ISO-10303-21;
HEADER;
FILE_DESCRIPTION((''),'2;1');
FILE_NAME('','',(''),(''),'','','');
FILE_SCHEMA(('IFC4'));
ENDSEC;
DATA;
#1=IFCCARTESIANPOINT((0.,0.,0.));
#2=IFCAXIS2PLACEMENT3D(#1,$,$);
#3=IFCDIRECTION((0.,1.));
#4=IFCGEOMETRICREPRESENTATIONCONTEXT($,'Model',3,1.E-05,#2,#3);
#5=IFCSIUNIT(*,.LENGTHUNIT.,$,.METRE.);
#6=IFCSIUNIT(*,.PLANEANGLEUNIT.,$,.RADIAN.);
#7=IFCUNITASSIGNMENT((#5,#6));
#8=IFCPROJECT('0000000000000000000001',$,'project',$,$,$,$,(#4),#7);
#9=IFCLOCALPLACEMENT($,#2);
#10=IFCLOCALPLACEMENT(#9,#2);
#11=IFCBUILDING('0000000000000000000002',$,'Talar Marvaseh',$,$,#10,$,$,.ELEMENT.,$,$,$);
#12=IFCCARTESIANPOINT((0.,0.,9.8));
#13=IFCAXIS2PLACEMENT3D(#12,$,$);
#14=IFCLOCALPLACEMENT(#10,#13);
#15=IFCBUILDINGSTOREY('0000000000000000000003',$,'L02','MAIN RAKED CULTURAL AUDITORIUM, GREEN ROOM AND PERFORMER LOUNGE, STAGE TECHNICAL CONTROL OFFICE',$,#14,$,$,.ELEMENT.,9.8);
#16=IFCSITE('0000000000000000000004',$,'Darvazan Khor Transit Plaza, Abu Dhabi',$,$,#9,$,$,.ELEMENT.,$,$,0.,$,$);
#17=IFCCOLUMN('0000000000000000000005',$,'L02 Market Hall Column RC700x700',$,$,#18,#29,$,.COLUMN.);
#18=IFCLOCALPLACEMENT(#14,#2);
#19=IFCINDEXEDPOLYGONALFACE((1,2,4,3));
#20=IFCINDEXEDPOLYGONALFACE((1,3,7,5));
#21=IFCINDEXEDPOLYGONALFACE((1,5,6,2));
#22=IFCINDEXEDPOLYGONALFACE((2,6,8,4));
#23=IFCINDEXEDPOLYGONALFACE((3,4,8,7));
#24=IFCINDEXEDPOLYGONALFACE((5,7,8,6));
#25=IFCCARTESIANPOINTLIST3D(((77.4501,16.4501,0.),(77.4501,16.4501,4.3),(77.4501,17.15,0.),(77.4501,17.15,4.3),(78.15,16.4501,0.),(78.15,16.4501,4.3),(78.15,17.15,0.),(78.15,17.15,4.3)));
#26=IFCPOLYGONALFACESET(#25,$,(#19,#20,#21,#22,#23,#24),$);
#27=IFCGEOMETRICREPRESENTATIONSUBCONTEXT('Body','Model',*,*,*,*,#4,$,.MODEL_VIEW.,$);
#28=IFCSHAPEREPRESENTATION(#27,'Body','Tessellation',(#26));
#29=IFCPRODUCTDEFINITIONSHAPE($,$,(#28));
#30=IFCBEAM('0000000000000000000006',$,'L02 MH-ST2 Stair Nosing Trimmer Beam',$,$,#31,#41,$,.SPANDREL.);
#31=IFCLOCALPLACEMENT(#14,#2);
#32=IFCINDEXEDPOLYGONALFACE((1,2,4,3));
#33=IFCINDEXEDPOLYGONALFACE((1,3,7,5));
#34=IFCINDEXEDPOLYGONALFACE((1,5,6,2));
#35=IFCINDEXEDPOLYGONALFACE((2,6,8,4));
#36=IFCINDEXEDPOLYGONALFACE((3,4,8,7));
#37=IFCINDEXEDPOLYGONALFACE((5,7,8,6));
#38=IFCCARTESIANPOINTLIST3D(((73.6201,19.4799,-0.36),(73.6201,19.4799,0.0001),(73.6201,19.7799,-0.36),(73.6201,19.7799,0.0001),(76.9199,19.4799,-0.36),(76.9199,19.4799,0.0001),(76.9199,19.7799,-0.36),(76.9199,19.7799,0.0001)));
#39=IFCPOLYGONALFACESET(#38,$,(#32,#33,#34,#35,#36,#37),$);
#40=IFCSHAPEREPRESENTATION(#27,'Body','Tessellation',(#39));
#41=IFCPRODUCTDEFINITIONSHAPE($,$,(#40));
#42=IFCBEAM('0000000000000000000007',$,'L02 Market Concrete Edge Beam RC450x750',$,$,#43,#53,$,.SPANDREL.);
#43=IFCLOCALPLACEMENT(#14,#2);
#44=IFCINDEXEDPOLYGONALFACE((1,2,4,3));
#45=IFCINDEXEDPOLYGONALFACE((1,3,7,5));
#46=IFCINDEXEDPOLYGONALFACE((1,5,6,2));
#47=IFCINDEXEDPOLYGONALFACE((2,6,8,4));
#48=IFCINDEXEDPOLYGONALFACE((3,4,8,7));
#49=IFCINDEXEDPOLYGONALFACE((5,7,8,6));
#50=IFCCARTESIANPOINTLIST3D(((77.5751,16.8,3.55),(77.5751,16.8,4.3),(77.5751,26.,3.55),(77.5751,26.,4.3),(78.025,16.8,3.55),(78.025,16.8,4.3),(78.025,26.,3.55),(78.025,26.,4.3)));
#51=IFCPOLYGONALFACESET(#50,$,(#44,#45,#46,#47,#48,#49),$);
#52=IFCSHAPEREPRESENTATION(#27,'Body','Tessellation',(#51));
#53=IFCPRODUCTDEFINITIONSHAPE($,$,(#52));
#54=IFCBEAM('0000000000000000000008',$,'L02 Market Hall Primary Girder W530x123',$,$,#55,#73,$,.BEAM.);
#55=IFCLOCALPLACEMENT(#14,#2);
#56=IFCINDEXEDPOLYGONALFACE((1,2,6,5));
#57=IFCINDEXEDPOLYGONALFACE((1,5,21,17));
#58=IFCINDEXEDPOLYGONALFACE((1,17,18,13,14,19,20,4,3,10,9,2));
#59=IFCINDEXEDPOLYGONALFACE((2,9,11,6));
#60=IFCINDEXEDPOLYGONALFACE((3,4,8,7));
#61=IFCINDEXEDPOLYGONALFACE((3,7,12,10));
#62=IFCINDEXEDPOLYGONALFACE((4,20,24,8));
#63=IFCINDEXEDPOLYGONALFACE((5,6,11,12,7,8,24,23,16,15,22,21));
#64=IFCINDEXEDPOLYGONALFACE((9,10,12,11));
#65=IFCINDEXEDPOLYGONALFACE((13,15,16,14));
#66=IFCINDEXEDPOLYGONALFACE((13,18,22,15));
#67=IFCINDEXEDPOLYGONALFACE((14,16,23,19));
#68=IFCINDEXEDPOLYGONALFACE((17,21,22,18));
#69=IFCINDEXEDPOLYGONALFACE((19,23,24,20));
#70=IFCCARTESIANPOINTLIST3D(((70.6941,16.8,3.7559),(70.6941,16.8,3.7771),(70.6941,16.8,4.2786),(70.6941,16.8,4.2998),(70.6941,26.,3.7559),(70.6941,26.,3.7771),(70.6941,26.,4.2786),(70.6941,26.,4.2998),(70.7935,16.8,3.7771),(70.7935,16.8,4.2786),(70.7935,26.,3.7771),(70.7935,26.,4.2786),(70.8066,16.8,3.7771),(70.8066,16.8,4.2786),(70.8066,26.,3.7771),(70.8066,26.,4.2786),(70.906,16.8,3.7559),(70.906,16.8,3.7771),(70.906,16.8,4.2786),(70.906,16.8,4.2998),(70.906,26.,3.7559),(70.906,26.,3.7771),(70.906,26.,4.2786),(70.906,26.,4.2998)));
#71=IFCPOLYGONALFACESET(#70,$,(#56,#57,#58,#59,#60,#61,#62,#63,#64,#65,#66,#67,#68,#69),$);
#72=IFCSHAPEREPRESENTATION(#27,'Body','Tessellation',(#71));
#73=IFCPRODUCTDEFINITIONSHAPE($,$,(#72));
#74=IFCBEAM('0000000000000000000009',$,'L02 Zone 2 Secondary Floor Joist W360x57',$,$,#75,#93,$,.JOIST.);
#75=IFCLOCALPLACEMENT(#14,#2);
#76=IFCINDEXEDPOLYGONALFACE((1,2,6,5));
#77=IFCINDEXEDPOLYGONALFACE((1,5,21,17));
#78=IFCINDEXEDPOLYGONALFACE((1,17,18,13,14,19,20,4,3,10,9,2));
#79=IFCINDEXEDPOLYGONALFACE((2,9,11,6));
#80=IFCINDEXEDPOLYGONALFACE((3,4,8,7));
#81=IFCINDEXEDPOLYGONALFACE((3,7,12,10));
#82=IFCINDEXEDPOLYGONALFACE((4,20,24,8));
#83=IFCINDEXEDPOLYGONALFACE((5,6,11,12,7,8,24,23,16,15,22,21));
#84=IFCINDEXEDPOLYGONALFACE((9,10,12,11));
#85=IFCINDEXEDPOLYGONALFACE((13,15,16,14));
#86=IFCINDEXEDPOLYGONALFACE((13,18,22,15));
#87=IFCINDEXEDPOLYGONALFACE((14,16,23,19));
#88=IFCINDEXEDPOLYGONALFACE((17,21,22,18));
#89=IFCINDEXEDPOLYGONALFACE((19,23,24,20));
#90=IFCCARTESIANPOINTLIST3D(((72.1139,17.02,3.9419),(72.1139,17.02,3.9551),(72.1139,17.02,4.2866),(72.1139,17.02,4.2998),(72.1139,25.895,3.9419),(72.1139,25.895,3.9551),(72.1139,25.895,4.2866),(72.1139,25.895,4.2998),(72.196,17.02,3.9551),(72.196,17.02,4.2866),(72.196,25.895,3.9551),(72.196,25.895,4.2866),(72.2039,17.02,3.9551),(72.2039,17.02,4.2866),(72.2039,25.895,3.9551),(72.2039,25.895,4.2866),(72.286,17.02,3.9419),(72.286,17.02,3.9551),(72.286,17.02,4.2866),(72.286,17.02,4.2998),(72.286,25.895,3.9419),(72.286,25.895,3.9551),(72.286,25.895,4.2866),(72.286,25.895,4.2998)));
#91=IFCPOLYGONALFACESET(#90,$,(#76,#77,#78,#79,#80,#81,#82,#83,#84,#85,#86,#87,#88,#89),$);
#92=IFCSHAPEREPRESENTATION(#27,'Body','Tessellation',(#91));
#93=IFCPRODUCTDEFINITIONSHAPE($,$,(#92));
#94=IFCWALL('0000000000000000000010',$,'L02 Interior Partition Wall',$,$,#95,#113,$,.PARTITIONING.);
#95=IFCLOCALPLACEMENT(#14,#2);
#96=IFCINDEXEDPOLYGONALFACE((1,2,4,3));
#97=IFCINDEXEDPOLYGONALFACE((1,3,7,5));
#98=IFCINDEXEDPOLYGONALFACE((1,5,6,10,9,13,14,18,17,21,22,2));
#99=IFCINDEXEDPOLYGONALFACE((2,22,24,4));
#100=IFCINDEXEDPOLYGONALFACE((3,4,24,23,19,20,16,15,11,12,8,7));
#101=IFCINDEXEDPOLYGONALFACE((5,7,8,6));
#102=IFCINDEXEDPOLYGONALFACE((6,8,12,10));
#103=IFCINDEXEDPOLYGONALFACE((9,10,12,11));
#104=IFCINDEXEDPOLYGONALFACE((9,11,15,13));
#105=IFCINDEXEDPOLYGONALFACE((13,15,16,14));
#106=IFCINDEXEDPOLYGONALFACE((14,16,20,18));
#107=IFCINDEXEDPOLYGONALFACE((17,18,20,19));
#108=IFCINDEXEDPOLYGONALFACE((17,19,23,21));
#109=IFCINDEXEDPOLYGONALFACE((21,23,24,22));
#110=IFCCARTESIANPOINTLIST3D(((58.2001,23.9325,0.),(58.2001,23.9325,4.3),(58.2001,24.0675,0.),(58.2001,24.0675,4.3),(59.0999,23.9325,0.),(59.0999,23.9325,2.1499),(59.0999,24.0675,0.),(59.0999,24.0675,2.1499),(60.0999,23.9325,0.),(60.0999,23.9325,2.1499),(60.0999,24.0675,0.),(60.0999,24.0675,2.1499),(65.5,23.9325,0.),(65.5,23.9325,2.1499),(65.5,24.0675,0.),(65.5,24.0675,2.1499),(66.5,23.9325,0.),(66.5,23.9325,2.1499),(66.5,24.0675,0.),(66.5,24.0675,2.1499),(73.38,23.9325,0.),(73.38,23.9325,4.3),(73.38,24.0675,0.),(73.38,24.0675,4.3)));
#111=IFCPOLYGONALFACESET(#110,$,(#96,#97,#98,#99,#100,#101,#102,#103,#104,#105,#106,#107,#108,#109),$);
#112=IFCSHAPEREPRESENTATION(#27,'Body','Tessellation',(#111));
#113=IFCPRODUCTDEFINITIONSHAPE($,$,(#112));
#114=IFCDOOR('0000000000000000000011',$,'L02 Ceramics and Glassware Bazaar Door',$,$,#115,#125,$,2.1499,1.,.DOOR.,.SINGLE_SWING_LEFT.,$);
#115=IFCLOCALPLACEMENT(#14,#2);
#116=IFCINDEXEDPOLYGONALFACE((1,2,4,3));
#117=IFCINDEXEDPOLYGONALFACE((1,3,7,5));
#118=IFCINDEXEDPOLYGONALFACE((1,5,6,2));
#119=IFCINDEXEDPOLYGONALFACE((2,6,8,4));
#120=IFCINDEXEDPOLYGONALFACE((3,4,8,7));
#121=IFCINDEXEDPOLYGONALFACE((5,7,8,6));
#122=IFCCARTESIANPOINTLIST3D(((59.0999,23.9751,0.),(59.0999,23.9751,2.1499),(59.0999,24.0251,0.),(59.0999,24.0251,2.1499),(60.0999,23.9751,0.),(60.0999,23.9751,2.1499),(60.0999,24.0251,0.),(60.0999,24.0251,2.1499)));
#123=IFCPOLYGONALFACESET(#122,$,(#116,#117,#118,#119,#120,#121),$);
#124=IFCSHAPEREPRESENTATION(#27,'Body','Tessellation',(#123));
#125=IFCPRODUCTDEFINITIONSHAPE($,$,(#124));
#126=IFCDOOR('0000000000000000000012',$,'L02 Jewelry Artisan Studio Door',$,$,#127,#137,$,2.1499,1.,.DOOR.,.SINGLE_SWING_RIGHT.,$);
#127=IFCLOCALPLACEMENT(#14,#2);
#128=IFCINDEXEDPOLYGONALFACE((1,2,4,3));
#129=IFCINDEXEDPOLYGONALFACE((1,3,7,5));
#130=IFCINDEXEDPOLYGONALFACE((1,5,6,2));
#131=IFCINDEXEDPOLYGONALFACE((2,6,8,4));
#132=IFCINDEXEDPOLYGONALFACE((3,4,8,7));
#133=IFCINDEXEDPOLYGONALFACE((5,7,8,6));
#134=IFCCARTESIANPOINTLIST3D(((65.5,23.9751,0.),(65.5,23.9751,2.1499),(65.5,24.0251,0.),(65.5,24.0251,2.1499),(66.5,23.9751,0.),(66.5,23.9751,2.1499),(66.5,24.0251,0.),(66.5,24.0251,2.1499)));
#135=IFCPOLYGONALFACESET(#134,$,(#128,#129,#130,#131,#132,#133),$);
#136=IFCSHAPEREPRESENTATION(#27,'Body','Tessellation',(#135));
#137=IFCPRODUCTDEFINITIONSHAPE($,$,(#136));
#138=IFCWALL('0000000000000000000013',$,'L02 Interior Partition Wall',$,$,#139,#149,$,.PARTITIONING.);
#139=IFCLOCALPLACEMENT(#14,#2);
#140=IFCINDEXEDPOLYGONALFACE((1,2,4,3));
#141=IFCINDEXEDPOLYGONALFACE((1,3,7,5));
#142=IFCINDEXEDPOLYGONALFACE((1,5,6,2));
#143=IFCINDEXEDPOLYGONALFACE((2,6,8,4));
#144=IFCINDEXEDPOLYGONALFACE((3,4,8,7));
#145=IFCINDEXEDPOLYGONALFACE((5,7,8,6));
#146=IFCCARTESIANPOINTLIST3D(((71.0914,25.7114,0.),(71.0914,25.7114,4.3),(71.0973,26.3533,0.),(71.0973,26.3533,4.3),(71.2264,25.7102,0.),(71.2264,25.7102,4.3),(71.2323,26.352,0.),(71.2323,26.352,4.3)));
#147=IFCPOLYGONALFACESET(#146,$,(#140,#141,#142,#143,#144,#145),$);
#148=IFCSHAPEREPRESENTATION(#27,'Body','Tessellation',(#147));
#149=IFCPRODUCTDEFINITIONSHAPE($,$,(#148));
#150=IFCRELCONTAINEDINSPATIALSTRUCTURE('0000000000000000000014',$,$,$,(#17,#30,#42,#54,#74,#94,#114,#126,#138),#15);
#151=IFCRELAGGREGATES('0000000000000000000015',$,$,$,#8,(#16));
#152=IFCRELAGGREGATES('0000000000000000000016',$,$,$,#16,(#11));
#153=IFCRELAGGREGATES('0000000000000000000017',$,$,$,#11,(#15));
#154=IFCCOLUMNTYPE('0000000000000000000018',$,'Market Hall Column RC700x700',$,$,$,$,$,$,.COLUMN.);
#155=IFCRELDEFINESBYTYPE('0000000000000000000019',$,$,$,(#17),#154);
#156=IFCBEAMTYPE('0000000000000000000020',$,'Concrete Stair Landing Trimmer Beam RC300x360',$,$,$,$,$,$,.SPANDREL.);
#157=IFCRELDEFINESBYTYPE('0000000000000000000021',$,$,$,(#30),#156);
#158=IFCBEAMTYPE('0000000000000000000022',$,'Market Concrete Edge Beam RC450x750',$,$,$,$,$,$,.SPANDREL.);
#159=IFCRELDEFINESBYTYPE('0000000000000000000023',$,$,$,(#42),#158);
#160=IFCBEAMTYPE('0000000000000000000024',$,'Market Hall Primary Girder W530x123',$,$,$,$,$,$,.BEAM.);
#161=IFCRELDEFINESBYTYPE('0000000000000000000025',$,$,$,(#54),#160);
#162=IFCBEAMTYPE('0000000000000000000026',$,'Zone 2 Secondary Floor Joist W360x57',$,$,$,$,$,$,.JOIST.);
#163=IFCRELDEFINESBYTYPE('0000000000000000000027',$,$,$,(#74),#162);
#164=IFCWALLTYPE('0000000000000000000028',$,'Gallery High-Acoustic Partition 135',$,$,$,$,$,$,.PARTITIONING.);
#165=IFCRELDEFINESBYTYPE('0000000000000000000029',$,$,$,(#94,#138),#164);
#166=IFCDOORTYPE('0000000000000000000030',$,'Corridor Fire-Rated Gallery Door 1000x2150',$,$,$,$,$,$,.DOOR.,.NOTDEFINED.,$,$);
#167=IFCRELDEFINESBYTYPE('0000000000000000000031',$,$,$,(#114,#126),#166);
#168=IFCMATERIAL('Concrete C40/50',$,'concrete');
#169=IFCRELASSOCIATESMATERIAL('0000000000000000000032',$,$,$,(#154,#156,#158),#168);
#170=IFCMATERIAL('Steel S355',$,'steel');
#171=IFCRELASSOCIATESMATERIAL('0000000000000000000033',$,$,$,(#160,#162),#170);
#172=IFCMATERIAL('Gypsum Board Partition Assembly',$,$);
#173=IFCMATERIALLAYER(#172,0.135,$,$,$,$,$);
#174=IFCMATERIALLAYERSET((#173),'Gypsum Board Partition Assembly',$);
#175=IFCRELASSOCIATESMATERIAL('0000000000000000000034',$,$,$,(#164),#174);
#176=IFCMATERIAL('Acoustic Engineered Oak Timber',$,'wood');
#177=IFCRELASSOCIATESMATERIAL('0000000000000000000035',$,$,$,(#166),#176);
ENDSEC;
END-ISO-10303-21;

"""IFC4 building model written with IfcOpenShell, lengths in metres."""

from ifc_helpers import new_model, si_unit, direction, frame, frame_2d, origin, origin_2d, place, context, subcontext, project, spatial, rectangle, i_section, extrude, source, transform, mapped, material, layer, layer_set, material_profile, profile_set, type_object, type_shapes, element, fill, save


model = new_model("IFC4")

# Units and contexts
model_context = context("Model", 3, precision=1e-05, world=origin(), true_north=direction((0.0, 1.0)))
body_context = subcontext(model_context, "Body", "Model", "MODEL_VIEW")
ifc_project = project(units=[si_unit("LENGTHUNIT", "METRE"), si_unit("PLANEANGLEUNIT", "RADIAN")], contexts=[model_context])

# Site, building, storey
site_placement = place(None, origin())
site = spatial("IfcSite", under=ifc_project, at=site_placement, Name="Darvazan Khor Transit Plaza, Abu Dhabi", CompositionType="ELEMENT", RefElevation=0.0)
building_placement = place(site_placement, origin())
building = spatial("IfcBuilding", under=site, at=building_placement, Name="Talar Marvaseh", CompositionType="ELEMENT")
storey_placement = place(building_placement, frame((0.0, 0.0, 9.8)))
storey = spatial("IfcBuildingStorey", under=building, at=storey_placement, Name="L02", Description="MAIN RAKED CULTURAL AUDITORIUM, GREEN ROOM AND PERFORMER LOUNGE, STAGE TECHNICAL CONTROL OFFICE", CompositionType="ELEMENT", Elevation=9.8)

# Column
ifc_material_1 = material(Name="Concrete C40/50", Category="concrete")
ifc_material_profile_1 = material_profile(ifc_material_1, rectangle(XDim=0.7, YDim=0.7, at=origin_2d()), Name="RC700x700")
ifc_profile_set_1 = profile_set([ifc_material_profile_1], Name="Concrete C40/50")
column_type = type_object("IfcColumnType", Name="Market Hall Column RC700x700", PredefinedType="COLUMN", material=ifc_profile_set_1)
column_placement = place(storey_placement, frame((77.8, 16.8, 0.0), z_axis=(0.0, 0.0, 1.0), x_axis=(1.0, 0.0, 0.0)))
element("IfcColumn", 1, at=column_placement, inside=storey, type_object=column_type, Name="L02 Market Hall Column RC700x700", PredefinedType="COLUMN", context=body_context, shape_type="SweptSolid", body=[
    extrude(rectangle(XDim=0.7, YDim=0.7, at=origin_2d()), origin(), (0.0, 0.0, 1.0), 4.3),
])

# Beams
ifc_material_profile_2 = material_profile(ifc_material_1, rectangle(XDim=0.3, YDim=0.3601, at=origin_2d()), Name="RC300x360")
ifc_profile_set_2 = profile_set([ifc_material_profile_2], Name="Concrete C40/50")
beam_type_1 = type_object("IfcBeamType", Name="Concrete Stair Landing Trimmer Beam RC300x360", PredefinedType="SPANDREL", material=ifc_profile_set_2)
beam_1_placement = place(storey_placement, frame((76.9199, 19.6299, -0.1799), z_axis=(-1.0, 0.0, 0.0), x_axis=(0.0, -1.0, 0.0)))
element("IfcBeam", 2, at=beam_1_placement, inside=storey, type_object=beam_type_1, Name="L02 MH-ST2 Stair Nosing Trimmer Beam", PredefinedType="SPANDREL", context=body_context, shape_type="SweptSolid", body=[
    extrude(rectangle(XDim=0.3, YDim=0.3601, at=origin_2d()), origin(), (0.0, 0.0, 1.0), 3.2998),
])
ifc_material_profile_3 = material_profile(ifc_material_1, rectangle(XDim=0.45, YDim=0.75, at=origin_2d()), Name="RC450x750")
ifc_profile_set_3 = profile_set([ifc_material_profile_3], Name="Concrete C40/50")
beam_type_2 = type_object("IfcBeamType", Name="Market Concrete Edge Beam RC450x750", PredefinedType="SPANDREL", material=ifc_profile_set_3)
beam_2_placement = place(storey_placement, frame((77.8, 16.8, 3.925), z_axis=(0.0, 1.0, 0.0), x_axis=(-1.0, 0.0, 0.0)))
element("IfcBeam", 3, at=beam_2_placement, inside=storey, type_object=beam_type_2, Name="L02 Market Concrete Edge Beam RC450x750", PredefinedType="SPANDREL", context=body_context, shape_type="SweptSolid", body=[
    extrude(rectangle(XDim=0.45, YDim=0.75, at=origin_2d()), origin(), (0.0, 0.0, 1.0), 9.2),
])
ifc_material_2 = material(Name="Steel S355", Category="steel")
ifc_material_profile_4 = material_profile(ifc_material_2, i_section(OverallWidth=0.2119, OverallDepth=0.5439, WebThickness=0.0132, FlangeThickness=0.0212, at=origin_2d()), Name="W530x123")
ifc_profile_set_4 = profile_set([ifc_material_profile_4], Name="Steel S355")
beam_type_3 = type_object("IfcBeamType", Name="Market Hall Primary Girder W530x123", PredefinedType="BEAM", material=ifc_profile_set_4)
beam_3_placement = place(storey_placement, frame((70.8, 16.8, 4.0278), z_axis=(0.0, 1.0, 0.0), x_axis=(-1.0, 0.0, 0.0)))
element("IfcBeam", 4, at=beam_3_placement, inside=storey, type_object=beam_type_3, Name="L02 Market Hall Primary Girder W530x123", PredefinedType="BEAM", context=body_context, shape_type="SweptSolid", body=[
    extrude(i_section(OverallWidth=0.2119, OverallDepth=0.5439, WebThickness=0.0132, FlangeThickness=0.0212, at=origin_2d()), origin(), (0.0, 0.0, 1.0), 9.2),
])
ifc_material_profile_5 = material_profile(ifc_material_2, i_section(OverallWidth=0.1721, OverallDepth=0.3579, WebThickness=0.0078, FlangeThickness=0.0132, at=origin_2d()), Name="W360x57")
ifc_profile_set_5 = profile_set([ifc_material_profile_5], Name="Steel S355")
beam_type_4 = type_object("IfcBeamType", Name="Zone 2 Secondary Floor Joist W360x57", PredefinedType="JOIST", material=ifc_profile_set_5)
beam_4_placement = place(storey_placement, frame((72.2, 17.02, 4.1208), z_axis=(0.0, 1.0, 0.0), x_axis=(-1.0, 0.0, 0.0)))
element("IfcBeam", 5, at=beam_4_placement, inside=storey, type_object=beam_type_4, Name="L02 Zone 2 Secondary Floor Joist W360x57", PredefinedType="JOIST", context=body_context, shape_type="SweptSolid", body=[
    extrude(i_section(OverallWidth=0.1721, OverallDepth=0.3579, WebThickness=0.0078, FlangeThickness=0.0132, at=origin_2d()), origin(), (0.0, 0.0, 1.0), 8.875),
])

# Wall, openings, doors
ifc_material_3 = material(Name="Gypsum Board Partition Assembly")
ifc_layer_1 = layer(ifc_material_3, 0.135)
ifc_layer_set_1 = layer_set([ifc_layer_1], Name="Gypsum Board Partition Assembly")
wall_type_1 = type_object("IfcWallType", Name="Gallery High-Acoustic Partition 135", PredefinedType="PARTITIONING", material=ifc_layer_set_1)
wall_1_placement = place(storey_placement, frame((73.3799, 24.0, 0.0), z_axis=(0.0, 0.0, 1.0), x_axis=(-1.0, 0.0, 0.0)))
wall_1 = element("IfcWall", 6, at=wall_1_placement, inside=storey, type_object=wall_type_1, Name="L02 Interior Partition Wall", PredefinedType="PARTITIONING", context=body_context, shape_type="SweptSolid", body=[
    extrude(rectangle(XDim=15.1799, YDim=0.135, at=frame_2d((7.5898, 0.0))), origin(), (0.0, 0.0, 1.0), 4.3),
])
opening_1_placement = place(wall_1_placement, frame((13.28, 0.0, 0.0)))
opening_1 = element("IfcOpeningElement", 7, at=opening_1_placement, cuts=wall_1, PredefinedType="OPENING", context=body_context, shape_type="SweptSolid", body=[
    extrude(rectangle(XDim=1.0, YDim=2.1499, at=frame_2d((0.5, 1.075))), frame((0.0, 0.0776, 0.0), z_axis=(0.0, -1.0, 0.0), x_axis=(1.0, 0.0, 0.0)), (0.0, 0.0, 1.0), 0.155),
])
opening_2_placement = place(wall_1_placement, frame((6.8799, 0.0, 0.0)))
opening_2 = element("IfcOpeningElement", 8, at=opening_2_placement, cuts=wall_1, PredefinedType="OPENING", context=body_context, shape_type="SweptSolid", body=[
    extrude(rectangle(XDim=1.0, YDim=2.1499, at=frame_2d((0.5, 1.075))), frame((0.0, 0.0776, 0.0), z_axis=(0.0, -1.0, 0.0), x_axis=(1.0, 0.0, 0.0)), (0.0, 0.0, 1.0), 0.155),
])
ifc_material_4 = material(Name="Acoustic Engineered Oak Timber", Category="wood")
door_type_1 = type_object("IfcDoorType", Name="Corridor Fire-Rated Gallery Door 1000x2150", OperationType="NOTDEFINED", PredefinedType="DOOR", material=ifc_material_4)
shared_shape_1 = source(origin(), body_context, "Body", "SweptSolid", [
    extrude(rectangle(XDim=1.0, YDim=2.1499, at=frame_2d((0.5, 1.075))), frame((0.0, 0.0249, 0.0), z_axis=(0.0, -1.0, 0.0), x_axis=(1.0, 0.0, 0.0)), (0.0, 0.0, 1.0), 0.05),
])
type_shapes(door_type_1, [shared_shape_1])
door_1_placement = place(opening_1_placement, origin())
door_1 = element("IfcDoor", 9, at=door_1_placement, inside=storey, type_object=door_type_1, Name="L02 Ceramics and Glassware Bazaar Door", OperationType="SINGLE_SWING_LEFT", OverallHeight=2.1499, OverallWidth=1.0, PredefinedType="DOOR", context=body_context, shape_type="MappedRepresentation", body=[
    mapped(shared_shape_1, transform((0.0, 0.0, 0.0), x_axis=(1.0, 0.0, 0.0), y_axis=(0.0, 1.0, 0.0), z_axis=(0.0, 0.0, 1.0), scale=1.0)),
])
fill(opening_1, door_1)
door_2_placement = place(opening_2_placement, origin())
door_2 = element("IfcDoor", 10, at=door_2_placement, inside=storey, type_object=door_type_1, Name="L02 Jewelry Artisan Studio Door", OperationType="SINGLE_SWING_RIGHT", OverallHeight=2.1499, OverallWidth=1.0, PredefinedType="DOOR", context=body_context, shape_type="MappedRepresentation", body=[
    mapped(shared_shape_1, transform((0.0, 0.0, 0.0), x_axis=(1.0, 0.0, 0.0), y_axis=(0.0, 1.0, 0.0), z_axis=(0.0, 0.0, 1.0), scale=1.0)),
])
fill(opening_2, door_2)

# Wall
wall_2_placement = place(storey_placement, frame((71.1589, 25.7109, 0.0), z_axis=(0.0, 0.0, 1.0), x_axis=(0.009129, 0.999958, 0.0)))
element("IfcWall", 11, at=wall_2_placement, inside=storey, type_object=wall_type_1, Name="L02 Interior Partition Wall", PredefinedType="PARTITIONING", context=body_context, shape_type="SweptSolid", body=[
    extrude(rectangle(XDim=0.6418, YDim=0.135, at=frame_2d((0.3208, 0.0))), origin(), (0.0, 0.0, 1.0), 4.3),
])

save(model, "model.ifc")
